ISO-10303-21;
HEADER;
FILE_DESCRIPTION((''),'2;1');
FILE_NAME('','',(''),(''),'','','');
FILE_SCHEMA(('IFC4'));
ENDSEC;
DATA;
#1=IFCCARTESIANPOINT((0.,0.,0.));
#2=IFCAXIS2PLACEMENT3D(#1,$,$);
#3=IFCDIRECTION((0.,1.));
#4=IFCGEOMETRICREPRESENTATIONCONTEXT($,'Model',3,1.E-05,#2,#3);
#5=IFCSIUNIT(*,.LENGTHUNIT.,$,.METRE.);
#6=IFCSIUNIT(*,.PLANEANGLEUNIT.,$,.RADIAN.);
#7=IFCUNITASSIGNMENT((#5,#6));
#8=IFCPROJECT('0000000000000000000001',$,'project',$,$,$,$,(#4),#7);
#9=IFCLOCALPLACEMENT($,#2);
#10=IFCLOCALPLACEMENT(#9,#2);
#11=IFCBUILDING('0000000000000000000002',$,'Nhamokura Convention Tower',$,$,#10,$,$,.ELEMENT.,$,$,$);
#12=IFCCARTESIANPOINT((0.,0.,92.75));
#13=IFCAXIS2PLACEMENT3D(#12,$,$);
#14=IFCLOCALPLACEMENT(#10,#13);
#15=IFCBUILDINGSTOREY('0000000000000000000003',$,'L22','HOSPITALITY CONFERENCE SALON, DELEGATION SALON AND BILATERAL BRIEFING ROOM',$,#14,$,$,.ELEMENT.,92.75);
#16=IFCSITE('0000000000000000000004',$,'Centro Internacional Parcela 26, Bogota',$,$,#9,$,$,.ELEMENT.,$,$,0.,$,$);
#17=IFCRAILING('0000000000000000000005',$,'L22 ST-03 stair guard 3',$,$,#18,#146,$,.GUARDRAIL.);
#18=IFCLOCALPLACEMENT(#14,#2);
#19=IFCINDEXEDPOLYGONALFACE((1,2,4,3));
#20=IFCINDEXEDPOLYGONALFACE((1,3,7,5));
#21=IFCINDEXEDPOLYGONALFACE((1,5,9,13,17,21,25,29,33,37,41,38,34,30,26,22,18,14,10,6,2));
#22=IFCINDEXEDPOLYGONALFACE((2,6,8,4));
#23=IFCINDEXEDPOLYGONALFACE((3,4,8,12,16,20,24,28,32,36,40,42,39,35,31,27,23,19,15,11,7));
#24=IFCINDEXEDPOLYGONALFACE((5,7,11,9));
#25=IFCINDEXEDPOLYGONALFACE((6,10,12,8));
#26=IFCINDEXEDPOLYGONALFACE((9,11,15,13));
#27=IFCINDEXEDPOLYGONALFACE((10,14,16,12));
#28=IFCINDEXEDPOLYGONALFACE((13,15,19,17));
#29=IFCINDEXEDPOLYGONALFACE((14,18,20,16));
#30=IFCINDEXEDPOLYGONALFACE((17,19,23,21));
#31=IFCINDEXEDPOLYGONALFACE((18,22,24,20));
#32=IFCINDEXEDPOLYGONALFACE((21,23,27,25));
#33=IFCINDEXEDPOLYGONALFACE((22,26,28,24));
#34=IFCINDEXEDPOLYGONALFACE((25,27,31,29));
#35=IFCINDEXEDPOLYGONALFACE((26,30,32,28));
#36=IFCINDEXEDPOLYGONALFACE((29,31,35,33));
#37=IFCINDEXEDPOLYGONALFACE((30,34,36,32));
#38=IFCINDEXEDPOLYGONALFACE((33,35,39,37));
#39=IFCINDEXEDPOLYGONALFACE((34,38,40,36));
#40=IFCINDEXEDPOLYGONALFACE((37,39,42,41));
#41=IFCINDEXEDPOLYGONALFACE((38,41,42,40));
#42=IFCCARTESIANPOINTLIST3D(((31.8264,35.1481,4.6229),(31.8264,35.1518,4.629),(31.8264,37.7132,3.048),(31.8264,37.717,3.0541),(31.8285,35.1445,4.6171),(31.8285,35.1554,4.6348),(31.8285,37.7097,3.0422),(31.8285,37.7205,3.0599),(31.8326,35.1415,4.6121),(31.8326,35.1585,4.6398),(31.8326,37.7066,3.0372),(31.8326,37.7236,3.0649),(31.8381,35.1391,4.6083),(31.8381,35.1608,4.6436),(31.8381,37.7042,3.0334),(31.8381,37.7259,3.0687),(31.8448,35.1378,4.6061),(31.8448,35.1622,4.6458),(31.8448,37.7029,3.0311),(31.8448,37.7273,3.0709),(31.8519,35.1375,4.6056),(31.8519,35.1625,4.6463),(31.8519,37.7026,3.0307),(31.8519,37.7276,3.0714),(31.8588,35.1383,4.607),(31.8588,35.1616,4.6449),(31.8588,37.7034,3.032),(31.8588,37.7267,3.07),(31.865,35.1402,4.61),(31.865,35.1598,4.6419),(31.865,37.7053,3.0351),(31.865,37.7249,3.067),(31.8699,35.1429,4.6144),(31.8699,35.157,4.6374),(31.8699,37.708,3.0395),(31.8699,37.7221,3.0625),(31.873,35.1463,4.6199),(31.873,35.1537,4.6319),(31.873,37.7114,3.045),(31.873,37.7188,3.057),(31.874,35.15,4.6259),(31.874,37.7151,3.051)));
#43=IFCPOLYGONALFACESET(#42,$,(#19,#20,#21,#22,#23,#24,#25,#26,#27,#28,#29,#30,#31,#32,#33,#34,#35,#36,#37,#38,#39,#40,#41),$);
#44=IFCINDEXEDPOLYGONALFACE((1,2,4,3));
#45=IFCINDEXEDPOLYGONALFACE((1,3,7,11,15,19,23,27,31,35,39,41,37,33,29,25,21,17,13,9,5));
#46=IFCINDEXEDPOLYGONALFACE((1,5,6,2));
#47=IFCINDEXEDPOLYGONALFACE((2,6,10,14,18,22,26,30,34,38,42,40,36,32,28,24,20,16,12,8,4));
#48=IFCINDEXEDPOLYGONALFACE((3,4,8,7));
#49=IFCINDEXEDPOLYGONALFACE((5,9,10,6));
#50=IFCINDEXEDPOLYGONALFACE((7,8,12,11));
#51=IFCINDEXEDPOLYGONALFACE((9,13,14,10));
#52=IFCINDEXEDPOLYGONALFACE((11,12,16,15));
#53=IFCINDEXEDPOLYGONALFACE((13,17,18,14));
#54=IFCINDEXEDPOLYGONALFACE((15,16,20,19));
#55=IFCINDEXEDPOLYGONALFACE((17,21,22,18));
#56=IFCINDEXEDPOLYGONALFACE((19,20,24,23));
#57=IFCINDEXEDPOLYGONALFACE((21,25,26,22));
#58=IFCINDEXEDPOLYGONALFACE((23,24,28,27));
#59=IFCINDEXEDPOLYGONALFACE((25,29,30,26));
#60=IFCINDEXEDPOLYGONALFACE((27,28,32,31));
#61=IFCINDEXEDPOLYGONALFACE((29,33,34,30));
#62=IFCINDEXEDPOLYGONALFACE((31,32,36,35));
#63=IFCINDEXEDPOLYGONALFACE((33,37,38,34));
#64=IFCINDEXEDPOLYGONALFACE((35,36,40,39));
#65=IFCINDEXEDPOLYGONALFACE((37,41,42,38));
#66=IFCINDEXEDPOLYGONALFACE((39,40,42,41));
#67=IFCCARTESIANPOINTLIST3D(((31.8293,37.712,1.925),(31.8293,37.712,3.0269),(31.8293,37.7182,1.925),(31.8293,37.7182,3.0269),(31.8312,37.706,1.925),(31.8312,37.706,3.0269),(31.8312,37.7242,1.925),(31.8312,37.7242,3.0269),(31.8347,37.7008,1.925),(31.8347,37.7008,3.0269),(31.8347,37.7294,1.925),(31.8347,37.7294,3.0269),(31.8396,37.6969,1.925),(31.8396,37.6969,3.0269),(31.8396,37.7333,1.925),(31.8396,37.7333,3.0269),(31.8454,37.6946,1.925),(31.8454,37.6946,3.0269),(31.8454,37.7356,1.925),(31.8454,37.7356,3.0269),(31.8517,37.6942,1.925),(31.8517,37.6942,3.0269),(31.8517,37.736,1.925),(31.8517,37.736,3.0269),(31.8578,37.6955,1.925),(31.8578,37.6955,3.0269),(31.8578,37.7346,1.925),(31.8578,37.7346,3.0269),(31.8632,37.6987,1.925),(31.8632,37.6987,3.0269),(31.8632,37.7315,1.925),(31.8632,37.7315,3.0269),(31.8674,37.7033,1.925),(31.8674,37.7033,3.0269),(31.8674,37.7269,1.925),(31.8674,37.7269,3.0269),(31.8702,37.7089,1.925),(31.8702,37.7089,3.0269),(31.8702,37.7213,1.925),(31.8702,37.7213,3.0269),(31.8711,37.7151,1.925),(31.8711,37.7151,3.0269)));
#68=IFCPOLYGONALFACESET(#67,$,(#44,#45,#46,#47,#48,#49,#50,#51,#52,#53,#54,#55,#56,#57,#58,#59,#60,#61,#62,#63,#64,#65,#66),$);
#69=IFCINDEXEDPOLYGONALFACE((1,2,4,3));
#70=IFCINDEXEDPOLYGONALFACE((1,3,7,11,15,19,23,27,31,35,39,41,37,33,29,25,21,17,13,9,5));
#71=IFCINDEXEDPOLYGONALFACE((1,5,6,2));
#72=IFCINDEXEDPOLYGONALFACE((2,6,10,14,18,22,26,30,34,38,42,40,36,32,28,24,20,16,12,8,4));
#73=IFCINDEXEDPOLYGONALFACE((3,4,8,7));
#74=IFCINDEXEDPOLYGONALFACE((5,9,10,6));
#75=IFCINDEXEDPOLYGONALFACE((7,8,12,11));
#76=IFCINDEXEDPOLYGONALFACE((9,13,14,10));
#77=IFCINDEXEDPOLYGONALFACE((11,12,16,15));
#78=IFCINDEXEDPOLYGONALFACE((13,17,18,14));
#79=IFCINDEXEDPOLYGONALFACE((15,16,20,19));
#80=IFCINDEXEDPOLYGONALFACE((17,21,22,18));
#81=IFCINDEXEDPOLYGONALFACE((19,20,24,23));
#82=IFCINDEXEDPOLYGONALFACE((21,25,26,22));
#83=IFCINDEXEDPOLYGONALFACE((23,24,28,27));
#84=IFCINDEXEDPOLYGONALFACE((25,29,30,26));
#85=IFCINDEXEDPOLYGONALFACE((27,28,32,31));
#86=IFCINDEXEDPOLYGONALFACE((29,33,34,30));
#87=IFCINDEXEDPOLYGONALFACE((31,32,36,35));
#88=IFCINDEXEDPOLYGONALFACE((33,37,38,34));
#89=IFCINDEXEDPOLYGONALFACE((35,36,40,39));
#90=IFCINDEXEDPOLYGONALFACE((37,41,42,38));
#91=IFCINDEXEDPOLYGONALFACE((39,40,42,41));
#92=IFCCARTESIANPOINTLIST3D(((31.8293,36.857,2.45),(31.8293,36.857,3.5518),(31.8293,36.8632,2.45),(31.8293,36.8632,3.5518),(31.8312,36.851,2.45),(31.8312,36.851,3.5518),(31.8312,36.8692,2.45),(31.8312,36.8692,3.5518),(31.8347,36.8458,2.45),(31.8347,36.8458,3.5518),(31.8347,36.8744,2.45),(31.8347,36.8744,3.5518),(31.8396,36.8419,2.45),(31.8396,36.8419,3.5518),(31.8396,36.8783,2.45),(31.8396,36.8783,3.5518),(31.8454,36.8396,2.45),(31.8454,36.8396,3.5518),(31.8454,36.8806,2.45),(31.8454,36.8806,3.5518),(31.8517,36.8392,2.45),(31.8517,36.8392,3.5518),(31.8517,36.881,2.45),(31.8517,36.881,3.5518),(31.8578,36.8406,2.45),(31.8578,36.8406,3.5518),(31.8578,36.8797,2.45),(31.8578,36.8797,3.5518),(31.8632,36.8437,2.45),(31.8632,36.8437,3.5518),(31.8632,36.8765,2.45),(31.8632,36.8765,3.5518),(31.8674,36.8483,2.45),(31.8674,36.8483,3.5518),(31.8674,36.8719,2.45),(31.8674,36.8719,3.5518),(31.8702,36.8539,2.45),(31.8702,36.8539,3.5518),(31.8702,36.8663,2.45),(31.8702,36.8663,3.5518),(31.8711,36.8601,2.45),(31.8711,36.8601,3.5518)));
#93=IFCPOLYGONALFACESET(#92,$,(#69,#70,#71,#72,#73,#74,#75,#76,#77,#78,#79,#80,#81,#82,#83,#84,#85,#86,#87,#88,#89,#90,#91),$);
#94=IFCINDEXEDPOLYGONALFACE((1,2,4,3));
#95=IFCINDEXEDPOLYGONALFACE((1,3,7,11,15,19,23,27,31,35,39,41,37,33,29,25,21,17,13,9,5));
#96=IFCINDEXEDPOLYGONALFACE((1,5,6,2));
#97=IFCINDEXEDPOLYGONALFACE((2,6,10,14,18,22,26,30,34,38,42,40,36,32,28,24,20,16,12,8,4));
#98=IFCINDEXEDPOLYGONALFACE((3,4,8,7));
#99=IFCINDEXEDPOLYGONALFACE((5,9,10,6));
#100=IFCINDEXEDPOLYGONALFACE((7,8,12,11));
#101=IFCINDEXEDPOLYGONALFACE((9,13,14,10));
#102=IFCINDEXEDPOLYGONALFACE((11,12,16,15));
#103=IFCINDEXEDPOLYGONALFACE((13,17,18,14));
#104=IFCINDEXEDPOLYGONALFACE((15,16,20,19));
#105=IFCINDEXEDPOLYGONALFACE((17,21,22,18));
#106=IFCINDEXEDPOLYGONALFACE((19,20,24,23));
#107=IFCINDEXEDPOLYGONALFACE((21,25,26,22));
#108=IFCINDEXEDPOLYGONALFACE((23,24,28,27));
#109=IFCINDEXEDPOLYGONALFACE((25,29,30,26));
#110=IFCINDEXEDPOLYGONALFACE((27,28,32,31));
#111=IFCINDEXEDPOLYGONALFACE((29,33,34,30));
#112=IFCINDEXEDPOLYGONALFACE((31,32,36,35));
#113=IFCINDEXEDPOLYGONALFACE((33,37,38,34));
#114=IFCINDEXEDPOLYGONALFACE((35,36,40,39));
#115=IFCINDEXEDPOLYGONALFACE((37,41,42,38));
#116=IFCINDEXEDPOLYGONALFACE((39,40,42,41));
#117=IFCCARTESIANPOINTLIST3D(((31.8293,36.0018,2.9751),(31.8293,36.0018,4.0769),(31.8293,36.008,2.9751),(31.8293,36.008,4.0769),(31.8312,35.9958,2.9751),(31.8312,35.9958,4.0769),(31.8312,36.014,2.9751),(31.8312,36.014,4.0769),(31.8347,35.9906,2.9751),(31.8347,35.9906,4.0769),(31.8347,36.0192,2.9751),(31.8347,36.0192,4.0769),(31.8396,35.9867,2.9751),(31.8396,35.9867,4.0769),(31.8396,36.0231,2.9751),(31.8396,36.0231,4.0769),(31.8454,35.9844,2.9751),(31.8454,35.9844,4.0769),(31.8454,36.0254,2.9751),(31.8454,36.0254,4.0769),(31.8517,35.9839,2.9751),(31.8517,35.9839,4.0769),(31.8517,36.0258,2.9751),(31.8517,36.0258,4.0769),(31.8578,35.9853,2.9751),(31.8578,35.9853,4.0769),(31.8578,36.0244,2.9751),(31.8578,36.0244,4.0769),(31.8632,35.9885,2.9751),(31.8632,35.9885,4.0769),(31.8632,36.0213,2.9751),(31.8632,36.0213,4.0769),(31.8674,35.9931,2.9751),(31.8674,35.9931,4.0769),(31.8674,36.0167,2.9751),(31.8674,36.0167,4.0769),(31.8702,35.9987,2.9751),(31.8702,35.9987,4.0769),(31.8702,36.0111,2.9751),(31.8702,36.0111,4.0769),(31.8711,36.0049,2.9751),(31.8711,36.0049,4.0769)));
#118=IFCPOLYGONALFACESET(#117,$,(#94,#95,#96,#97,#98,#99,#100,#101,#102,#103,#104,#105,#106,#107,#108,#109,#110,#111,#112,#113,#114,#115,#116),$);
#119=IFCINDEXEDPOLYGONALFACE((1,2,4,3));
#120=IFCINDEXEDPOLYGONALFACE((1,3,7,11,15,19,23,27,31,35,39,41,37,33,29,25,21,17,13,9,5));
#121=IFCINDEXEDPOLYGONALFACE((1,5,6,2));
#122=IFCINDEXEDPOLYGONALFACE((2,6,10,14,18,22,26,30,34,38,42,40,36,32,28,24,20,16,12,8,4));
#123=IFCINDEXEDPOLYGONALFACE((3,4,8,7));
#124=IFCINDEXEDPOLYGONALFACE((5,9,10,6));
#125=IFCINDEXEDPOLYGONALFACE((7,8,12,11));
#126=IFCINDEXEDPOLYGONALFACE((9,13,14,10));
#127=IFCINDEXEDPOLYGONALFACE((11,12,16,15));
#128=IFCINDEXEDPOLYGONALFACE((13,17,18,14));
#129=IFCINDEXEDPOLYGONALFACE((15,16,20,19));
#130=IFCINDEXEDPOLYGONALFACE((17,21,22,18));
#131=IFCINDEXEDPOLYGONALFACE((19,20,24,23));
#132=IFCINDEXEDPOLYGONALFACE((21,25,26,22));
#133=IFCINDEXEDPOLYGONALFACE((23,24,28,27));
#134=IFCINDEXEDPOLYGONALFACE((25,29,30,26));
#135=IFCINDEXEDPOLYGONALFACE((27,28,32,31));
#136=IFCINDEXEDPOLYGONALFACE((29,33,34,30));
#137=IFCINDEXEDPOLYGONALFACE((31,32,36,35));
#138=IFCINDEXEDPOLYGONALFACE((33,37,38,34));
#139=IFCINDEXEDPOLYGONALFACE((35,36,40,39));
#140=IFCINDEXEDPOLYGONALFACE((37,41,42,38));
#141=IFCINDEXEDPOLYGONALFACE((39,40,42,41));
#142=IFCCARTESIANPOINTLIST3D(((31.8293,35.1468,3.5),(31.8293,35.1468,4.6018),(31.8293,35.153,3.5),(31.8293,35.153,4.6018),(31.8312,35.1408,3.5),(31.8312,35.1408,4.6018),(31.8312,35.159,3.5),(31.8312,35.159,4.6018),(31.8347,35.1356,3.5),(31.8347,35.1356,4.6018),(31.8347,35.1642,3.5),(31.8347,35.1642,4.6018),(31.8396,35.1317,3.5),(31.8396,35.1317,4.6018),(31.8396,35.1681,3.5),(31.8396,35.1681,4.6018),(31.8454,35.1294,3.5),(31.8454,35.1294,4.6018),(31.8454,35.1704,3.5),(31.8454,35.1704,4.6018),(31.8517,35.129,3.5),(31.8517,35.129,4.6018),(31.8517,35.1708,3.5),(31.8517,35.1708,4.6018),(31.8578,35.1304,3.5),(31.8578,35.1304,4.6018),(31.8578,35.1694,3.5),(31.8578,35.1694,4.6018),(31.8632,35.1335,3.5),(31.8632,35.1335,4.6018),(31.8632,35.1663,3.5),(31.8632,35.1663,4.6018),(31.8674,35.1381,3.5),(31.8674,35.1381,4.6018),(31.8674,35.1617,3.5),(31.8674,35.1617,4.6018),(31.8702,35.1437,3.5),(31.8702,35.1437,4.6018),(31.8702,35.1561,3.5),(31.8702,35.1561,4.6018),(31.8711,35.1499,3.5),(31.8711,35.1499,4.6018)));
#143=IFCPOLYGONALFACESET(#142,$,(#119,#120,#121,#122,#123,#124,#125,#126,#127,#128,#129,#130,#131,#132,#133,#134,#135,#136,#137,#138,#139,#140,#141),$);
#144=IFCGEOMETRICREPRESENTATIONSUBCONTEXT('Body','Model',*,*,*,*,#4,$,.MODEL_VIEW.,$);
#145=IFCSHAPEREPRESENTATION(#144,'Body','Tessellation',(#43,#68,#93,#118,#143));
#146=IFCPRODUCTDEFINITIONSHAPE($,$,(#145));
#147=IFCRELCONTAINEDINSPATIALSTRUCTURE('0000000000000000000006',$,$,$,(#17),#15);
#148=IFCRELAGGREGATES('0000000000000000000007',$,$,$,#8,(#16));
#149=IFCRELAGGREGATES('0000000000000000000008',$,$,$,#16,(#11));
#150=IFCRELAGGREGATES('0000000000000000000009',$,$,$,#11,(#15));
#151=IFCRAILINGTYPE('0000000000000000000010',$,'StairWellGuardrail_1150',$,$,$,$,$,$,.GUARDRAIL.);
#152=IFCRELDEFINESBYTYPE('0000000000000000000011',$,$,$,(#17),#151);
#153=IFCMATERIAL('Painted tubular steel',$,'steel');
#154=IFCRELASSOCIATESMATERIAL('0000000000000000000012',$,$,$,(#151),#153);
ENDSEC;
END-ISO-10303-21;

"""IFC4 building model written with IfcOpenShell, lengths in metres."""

from ifc_helpers import new_model, si_unit, direction, frame, origin, origin_2d, place, context, subcontext, project, spatial, circle, extrude, material, type_object, element, save


model = new_model("IFC4")

# Units and contexts
model_context = context("Model", 3, precision=1e-05, world=origin(), true_north=direction((0.0, 1.0)))
body_context = subcontext(model_context, "Body", "Model", "MODEL_VIEW")
ifc_project = project(units=[si_unit("LENGTHUNIT", "METRE"), si_unit("PLANEANGLEUNIT", "RADIAN")], contexts=[model_context])

# Site, building, storey
site_placement = place(None, origin())
site = spatial("IfcSite", under=ifc_project, at=site_placement, Name="Centro Internacional Parcela 26, Bogota", CompositionType="ELEMENT", RefElevation=0.0)
building_placement = place(site_placement, origin())
building = spatial("IfcBuilding", under=site, at=building_placement, Name="Nhamokura Convention Tower", CompositionType="ELEMENT")
storey_placement = place(building_placement, frame((0.0, 0.0, 92.75)))
storey = spatial("IfcBuildingStorey", under=building, at=storey_placement, Name="L22", Description="HOSPITALITY CONFERENCE SALON, DELEGATION SALON AND BILATERAL BRIEFING ROOM", CompositionType="ELEMENT", Elevation=92.75)

# Railing
ifc_material_1 = material(Name="Painted tubular steel", Category="steel")
railing_type_1 = type_object("IfcRailingType", Name="StairWellGuardrail_1150", PredefinedType="GUARDRAIL", material=ifc_material_1)
railing_1_placement = place(storey_placement, frame((31.8501, 37.7151, 1.925)))
element("IfcRailing", 1, at=railing_1_placement, inside=storey, type_object=railing_type_1, Name="L22 ST-03 stair guard 3", PredefinedType="GUARDRAIL", context=body_context, shape_type="SweptSolid", body=[
    extrude(circle(Radius=0.0239, at=origin_2d()), frame((0.0, 0.0, 1.126), z_axis=(0.0, -0.852195, 0.523224), x_axis=(1.0, 0.0, 0.0)), (0.0, 0.0, 1.0), 3.01),
    extrude(circle(Radius=0.021, at=origin_2d()), origin(), (0.0, 0.0, 1.0), 1.1018),
    extrude(circle(Radius=0.021, at=origin_2d()), frame((0.0, -0.855, 0.5249)), (0.0, 0.0, 1.0), 1.1018),
    extrude(circle(Radius=0.021, at=origin_2d()), frame((0.0, -1.7102, 1.05)), (0.0, 0.0, 1.0), 1.1018),
    extrude(circle(Radius=0.021, at=origin_2d()), frame((0.0, -2.5652, 1.575)), (0.0, 0.0, 1.0), 1.1018),
])

save(model, "model.ifc")
